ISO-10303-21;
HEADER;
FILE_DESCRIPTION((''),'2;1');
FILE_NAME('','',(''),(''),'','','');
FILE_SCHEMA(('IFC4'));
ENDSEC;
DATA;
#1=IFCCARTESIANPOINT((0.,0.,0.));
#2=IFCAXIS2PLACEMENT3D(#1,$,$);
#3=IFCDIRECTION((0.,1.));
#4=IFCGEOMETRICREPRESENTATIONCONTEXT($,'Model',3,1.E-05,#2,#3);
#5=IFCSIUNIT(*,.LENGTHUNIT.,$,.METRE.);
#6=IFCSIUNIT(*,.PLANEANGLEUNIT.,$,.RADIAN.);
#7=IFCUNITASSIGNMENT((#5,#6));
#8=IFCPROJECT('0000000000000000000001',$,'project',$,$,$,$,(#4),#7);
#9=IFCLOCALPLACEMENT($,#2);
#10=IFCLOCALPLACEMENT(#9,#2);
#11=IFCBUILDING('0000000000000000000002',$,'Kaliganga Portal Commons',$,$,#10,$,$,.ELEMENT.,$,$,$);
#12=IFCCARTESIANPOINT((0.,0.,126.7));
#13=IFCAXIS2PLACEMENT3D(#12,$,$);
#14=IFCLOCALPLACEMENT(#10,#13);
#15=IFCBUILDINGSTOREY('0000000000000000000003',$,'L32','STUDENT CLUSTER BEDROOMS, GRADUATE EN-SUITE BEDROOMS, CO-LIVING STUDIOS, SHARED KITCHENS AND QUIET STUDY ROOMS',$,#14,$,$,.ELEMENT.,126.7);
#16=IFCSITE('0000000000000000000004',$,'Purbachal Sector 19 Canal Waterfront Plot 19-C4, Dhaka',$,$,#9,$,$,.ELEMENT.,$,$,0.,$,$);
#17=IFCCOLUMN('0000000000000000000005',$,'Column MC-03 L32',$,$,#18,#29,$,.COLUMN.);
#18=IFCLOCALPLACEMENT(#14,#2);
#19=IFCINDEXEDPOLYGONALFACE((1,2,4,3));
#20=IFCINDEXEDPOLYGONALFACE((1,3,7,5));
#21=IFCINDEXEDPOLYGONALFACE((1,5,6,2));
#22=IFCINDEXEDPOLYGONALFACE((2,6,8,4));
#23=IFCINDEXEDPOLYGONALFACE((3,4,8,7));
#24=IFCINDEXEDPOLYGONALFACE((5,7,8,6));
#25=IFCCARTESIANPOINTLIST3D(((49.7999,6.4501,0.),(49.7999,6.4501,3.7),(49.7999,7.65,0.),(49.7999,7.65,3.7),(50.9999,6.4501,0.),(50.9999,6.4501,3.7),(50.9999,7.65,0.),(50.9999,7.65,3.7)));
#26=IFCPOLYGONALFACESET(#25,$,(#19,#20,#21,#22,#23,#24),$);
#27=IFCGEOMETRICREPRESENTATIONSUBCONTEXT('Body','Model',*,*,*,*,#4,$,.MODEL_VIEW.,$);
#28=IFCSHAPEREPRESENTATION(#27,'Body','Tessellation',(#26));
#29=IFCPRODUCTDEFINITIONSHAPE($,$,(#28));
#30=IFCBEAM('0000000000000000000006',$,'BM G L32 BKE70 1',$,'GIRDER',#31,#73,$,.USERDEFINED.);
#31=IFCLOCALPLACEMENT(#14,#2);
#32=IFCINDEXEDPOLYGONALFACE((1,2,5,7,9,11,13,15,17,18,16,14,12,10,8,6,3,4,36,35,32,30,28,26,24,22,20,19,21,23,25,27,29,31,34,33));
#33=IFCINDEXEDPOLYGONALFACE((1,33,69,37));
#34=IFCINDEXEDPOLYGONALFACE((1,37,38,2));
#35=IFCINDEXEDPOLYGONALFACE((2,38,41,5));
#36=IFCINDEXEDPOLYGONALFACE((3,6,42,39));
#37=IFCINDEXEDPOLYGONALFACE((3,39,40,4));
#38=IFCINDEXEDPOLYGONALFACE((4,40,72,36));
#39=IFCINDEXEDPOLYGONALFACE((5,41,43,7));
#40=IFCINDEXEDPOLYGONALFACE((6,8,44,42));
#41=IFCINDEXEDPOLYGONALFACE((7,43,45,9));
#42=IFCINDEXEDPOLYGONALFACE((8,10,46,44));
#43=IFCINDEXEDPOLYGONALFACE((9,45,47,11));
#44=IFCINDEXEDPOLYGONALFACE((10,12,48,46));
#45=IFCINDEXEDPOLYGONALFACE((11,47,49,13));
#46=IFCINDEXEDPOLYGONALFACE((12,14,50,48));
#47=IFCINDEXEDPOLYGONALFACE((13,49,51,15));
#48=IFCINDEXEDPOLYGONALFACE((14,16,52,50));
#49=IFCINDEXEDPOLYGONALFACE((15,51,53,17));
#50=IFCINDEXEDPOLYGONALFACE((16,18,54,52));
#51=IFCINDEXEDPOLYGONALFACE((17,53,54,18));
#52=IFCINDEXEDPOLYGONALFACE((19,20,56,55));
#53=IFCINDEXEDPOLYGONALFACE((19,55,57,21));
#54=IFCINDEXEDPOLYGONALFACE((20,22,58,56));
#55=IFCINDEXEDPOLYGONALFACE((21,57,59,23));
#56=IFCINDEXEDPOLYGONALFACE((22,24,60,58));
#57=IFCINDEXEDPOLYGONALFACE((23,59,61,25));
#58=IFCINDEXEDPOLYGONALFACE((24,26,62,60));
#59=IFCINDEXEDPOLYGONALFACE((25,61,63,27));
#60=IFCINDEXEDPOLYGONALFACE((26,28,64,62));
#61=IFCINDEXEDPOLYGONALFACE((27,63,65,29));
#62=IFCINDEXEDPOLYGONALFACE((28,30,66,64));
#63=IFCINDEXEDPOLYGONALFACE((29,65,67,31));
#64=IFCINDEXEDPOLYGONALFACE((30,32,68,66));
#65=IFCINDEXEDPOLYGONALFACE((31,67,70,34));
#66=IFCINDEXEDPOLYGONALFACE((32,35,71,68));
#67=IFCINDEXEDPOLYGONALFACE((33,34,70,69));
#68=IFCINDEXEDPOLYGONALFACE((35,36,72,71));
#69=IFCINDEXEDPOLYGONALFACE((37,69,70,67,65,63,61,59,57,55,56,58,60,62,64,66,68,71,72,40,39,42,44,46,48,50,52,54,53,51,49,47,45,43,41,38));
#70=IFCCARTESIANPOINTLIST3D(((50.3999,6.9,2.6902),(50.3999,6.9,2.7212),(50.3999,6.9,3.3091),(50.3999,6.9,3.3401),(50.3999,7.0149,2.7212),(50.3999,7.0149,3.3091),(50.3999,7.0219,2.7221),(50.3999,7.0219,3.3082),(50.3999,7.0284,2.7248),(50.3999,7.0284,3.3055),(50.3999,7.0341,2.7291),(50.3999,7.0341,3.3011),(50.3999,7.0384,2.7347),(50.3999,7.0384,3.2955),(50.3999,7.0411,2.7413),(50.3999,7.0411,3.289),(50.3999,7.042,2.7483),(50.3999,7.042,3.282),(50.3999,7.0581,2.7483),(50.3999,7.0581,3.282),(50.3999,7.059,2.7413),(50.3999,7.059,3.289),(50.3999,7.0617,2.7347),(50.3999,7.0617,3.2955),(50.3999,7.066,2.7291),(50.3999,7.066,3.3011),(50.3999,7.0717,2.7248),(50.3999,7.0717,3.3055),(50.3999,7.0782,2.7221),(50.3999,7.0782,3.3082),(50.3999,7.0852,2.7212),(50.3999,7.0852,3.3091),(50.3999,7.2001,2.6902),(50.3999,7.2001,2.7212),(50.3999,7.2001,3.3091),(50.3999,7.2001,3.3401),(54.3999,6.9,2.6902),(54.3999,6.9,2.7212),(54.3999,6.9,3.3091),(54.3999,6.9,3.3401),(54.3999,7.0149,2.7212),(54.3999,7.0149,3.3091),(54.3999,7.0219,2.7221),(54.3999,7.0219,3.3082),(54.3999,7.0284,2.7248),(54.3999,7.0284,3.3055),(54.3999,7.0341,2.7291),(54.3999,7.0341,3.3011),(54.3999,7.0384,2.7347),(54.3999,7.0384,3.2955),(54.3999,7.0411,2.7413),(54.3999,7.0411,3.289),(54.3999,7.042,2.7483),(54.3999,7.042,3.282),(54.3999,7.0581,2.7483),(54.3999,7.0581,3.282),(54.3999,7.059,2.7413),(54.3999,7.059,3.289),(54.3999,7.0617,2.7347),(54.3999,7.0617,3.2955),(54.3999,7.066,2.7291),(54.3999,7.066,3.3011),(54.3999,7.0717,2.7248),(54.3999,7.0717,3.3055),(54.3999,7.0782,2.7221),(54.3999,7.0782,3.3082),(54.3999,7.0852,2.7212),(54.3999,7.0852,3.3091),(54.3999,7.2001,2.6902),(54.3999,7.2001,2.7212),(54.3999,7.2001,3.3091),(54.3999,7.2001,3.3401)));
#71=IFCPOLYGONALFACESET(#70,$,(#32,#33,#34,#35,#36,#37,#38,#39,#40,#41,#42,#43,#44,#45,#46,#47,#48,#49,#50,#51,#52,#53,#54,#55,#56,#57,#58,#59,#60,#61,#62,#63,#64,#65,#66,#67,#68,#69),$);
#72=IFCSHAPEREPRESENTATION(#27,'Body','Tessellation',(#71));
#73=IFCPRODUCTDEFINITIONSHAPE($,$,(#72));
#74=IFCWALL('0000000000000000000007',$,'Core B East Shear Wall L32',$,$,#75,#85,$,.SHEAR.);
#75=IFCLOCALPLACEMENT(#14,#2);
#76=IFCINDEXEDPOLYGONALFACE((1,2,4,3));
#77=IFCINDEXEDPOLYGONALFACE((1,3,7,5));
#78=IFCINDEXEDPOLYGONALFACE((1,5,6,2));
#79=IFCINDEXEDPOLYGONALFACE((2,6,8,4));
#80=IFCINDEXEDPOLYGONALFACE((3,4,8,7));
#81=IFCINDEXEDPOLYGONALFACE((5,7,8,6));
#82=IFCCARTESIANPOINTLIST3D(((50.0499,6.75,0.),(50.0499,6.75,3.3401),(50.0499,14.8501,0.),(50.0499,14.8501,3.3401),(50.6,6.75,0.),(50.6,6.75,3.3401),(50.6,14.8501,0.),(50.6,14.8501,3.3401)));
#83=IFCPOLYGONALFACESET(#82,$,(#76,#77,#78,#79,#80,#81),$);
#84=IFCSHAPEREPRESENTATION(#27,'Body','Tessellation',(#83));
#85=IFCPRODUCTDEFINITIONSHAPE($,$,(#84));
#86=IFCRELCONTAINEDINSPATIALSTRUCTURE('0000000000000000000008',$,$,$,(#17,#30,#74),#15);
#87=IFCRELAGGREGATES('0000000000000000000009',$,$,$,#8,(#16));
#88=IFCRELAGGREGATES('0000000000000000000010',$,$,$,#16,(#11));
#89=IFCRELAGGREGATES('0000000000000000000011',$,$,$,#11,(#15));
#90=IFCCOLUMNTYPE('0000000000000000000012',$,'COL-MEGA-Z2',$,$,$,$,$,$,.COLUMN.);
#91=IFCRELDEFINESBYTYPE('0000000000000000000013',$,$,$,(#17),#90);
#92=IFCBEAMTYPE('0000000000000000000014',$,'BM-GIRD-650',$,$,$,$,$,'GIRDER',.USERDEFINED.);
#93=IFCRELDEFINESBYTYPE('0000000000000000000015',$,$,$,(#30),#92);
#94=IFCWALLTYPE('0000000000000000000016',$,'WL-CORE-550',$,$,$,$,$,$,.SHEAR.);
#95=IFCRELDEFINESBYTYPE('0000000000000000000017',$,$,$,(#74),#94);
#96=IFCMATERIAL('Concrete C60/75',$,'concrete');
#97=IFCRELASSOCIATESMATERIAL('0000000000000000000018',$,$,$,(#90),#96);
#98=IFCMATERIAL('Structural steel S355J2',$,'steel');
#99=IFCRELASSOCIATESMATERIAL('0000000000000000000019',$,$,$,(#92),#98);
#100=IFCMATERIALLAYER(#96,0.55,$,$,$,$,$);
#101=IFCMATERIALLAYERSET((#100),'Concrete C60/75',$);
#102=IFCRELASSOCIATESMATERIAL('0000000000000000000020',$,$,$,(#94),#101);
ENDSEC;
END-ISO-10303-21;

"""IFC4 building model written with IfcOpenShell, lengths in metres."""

from ifc_helpers import new_model, si_unit, direction, frame, frame_2d, origin, origin_2d, place, context, subcontext, project, spatial, rectangle, i_section, extrude, source, transform, mapped, material, layer, layer_set, material_profile, profile_set, type_object, element, save


model = new_model("IFC4")

# Units and contexts
model_context = context("Model", 3, precision=1e-05, world=origin(), true_north=direction((0.0, 1.0)))
body_context = subcontext(model_context, "Body", "Model", "MODEL_VIEW")
ifc_project = project(units=[si_unit("LENGTHUNIT", "METRE"), si_unit("PLANEANGLEUNIT", "RADIAN")], contexts=[model_context])

# Site, building, storey
site_placement = place(None, origin())
site = spatial("IfcSite", under=ifc_project, at=site_placement, Name="Purbachal Sector 19 Canal Waterfront Plot 19-C4, Dhaka", CompositionType="ELEMENT", RefElevation=0.0)
building_placement = place(site_placement, origin())
building = spatial("IfcBuilding", under=site, at=building_placement, Name="Kaliganga Portal Commons", CompositionType="ELEMENT")
storey_placement = place(building_placement, frame((0.0, 0.0, 126.7)))
storey = spatial("IfcBuildingStorey", under=building, at=storey_placement, Name="L32", Description="STUDENT CLUSTER BEDROOMS, GRADUATE EN-SUITE BEDROOMS, CO-LIVING STUDIOS, SHARED KITCHENS AND QUIET STUDY ROOMS", CompositionType="ELEMENT", Elevation=126.7)

# Column
ifc_material_1 = material(Name="Concrete C60/75", Category="concrete")
ifc_material_profile_1 = material_profile(ifc_material_1, rectangle(XDim=1.2, YDim=1.2, at=origin_2d()), Name="RC 1200x1200")
ifc_profile_set_1 = profile_set([ifc_material_profile_1], Name="Concrete C60/75")
column_type = type_object("IfcColumnType", Name="COL-MEGA-Z2", PredefinedType="COLUMN", material=ifc_profile_set_1)
shared_shape_1 = source(origin(), body_context, "Body", "SweptSolid", [
    extrude(rectangle(XDim=1.2, YDim=1.2, at=origin_2d()), origin(), (0.0, 0.0, 1.0), 3.7),
])
column_placement = place(storey_placement, frame((50.3999, 7.05, 0.0), z_axis=(0.0, 0.0, 1.0), x_axis=(1.0, 0.0, 0.0)))
element("IfcColumn", 1, at=column_placement, inside=storey, type_object=column_type, Name="Column MC-03 L32", PredefinedType="COLUMN", context=body_context, shape_type="MappedRepresentation", body=[
    mapped(shared_shape_1, transform((0.0, 0.0, 0.0), x_axis=(1.0, 0.0, 0.0), y_axis=(0.0, 1.0, 0.0), z_axis=(0.0, 0.0, 1.0), scale=1.0)),
])

# Beam
ifc_material_2 = material(Name="Structural steel S355J2", Category="steel")
ifc_material_profile_2 = material_profile(ifc_material_2, i_section(OverallWidth=0.3, OverallDepth=0.6499, WebThickness=0.0161, FlangeThickness=0.031, FilletRadius=0.0271, at=origin_2d()), Name="HE 650 B")
ifc_profile_set_2 = profile_set([ifc_material_profile_2], Name="Structural steel S355J2 wide-flange")
beam_type = type_object("IfcBeamType", Name="BM-GIRD-650", ElementType="GIRDER", PredefinedType="USERDEFINED", material=ifc_profile_set_2)
shared_shape_2 = source(origin(), body_context, "Body", "SweptSolid", [
    extrude(i_section(OverallWidth=0.3, OverallDepth=0.6499, WebThickness=0.0161, FlangeThickness=0.031, FilletRadius=0.0271, at=origin_2d()), origin(), (0.0, 0.0, 1.0), 4.0),
])
beam_placement = place(storey_placement, frame((50.3999, 7.05, 3.0151), z_axis=(1.0, 0.0, 0.0), x_axis=(0.0, 1.0, 0.0)))
element("IfcBeam", 2, at=beam_placement, inside=storey, type_object=beam_type, Name="BM G L32 BKE70 1", ObjectType="GIRDER", PredefinedType="USERDEFINED", context=body_context, shape_type="MappedRepresentation", body=[
    mapped(shared_shape_2, transform((0.0, 0.0, 0.0), x_axis=(1.0, 0.0, 0.0), y_axis=(0.0, 1.0, 0.0), z_axis=(0.0, 0.0, 1.0), scale=1.0)),
])

# Wall
ifc_layer_1 = layer(ifc_material_1, 0.55)
ifc_layer_set_1 = layer_set([ifc_layer_1], Name="Concrete C60/75")
wall_type_1 = type_object("IfcWallType", Name="WL-CORE-550", PredefinedType="SHEAR", material=ifc_layer_set_1)
wall_1_placement = place(storey_placement, frame((50.325, 6.75, 0.0), z_axis=(0.0, 0.0, 1.0), x_axis=(0.0, 1.0, 0.0)))
element("IfcWall", 3, at=wall_1_placement, inside=storey, type_object=wall_type_1, Name="Core B East Shear Wall L32", PredefinedType="SHEAR", context=body_context, shape_type="SweptSolid", body=[
    extrude(rectangle(XDim=8.1001, YDim=0.55, at=frame_2d((4.05, 0.0))), origin(), (0.0, 0.0, 1.0), 3.3401),
])

save(model, "model.ifc")
